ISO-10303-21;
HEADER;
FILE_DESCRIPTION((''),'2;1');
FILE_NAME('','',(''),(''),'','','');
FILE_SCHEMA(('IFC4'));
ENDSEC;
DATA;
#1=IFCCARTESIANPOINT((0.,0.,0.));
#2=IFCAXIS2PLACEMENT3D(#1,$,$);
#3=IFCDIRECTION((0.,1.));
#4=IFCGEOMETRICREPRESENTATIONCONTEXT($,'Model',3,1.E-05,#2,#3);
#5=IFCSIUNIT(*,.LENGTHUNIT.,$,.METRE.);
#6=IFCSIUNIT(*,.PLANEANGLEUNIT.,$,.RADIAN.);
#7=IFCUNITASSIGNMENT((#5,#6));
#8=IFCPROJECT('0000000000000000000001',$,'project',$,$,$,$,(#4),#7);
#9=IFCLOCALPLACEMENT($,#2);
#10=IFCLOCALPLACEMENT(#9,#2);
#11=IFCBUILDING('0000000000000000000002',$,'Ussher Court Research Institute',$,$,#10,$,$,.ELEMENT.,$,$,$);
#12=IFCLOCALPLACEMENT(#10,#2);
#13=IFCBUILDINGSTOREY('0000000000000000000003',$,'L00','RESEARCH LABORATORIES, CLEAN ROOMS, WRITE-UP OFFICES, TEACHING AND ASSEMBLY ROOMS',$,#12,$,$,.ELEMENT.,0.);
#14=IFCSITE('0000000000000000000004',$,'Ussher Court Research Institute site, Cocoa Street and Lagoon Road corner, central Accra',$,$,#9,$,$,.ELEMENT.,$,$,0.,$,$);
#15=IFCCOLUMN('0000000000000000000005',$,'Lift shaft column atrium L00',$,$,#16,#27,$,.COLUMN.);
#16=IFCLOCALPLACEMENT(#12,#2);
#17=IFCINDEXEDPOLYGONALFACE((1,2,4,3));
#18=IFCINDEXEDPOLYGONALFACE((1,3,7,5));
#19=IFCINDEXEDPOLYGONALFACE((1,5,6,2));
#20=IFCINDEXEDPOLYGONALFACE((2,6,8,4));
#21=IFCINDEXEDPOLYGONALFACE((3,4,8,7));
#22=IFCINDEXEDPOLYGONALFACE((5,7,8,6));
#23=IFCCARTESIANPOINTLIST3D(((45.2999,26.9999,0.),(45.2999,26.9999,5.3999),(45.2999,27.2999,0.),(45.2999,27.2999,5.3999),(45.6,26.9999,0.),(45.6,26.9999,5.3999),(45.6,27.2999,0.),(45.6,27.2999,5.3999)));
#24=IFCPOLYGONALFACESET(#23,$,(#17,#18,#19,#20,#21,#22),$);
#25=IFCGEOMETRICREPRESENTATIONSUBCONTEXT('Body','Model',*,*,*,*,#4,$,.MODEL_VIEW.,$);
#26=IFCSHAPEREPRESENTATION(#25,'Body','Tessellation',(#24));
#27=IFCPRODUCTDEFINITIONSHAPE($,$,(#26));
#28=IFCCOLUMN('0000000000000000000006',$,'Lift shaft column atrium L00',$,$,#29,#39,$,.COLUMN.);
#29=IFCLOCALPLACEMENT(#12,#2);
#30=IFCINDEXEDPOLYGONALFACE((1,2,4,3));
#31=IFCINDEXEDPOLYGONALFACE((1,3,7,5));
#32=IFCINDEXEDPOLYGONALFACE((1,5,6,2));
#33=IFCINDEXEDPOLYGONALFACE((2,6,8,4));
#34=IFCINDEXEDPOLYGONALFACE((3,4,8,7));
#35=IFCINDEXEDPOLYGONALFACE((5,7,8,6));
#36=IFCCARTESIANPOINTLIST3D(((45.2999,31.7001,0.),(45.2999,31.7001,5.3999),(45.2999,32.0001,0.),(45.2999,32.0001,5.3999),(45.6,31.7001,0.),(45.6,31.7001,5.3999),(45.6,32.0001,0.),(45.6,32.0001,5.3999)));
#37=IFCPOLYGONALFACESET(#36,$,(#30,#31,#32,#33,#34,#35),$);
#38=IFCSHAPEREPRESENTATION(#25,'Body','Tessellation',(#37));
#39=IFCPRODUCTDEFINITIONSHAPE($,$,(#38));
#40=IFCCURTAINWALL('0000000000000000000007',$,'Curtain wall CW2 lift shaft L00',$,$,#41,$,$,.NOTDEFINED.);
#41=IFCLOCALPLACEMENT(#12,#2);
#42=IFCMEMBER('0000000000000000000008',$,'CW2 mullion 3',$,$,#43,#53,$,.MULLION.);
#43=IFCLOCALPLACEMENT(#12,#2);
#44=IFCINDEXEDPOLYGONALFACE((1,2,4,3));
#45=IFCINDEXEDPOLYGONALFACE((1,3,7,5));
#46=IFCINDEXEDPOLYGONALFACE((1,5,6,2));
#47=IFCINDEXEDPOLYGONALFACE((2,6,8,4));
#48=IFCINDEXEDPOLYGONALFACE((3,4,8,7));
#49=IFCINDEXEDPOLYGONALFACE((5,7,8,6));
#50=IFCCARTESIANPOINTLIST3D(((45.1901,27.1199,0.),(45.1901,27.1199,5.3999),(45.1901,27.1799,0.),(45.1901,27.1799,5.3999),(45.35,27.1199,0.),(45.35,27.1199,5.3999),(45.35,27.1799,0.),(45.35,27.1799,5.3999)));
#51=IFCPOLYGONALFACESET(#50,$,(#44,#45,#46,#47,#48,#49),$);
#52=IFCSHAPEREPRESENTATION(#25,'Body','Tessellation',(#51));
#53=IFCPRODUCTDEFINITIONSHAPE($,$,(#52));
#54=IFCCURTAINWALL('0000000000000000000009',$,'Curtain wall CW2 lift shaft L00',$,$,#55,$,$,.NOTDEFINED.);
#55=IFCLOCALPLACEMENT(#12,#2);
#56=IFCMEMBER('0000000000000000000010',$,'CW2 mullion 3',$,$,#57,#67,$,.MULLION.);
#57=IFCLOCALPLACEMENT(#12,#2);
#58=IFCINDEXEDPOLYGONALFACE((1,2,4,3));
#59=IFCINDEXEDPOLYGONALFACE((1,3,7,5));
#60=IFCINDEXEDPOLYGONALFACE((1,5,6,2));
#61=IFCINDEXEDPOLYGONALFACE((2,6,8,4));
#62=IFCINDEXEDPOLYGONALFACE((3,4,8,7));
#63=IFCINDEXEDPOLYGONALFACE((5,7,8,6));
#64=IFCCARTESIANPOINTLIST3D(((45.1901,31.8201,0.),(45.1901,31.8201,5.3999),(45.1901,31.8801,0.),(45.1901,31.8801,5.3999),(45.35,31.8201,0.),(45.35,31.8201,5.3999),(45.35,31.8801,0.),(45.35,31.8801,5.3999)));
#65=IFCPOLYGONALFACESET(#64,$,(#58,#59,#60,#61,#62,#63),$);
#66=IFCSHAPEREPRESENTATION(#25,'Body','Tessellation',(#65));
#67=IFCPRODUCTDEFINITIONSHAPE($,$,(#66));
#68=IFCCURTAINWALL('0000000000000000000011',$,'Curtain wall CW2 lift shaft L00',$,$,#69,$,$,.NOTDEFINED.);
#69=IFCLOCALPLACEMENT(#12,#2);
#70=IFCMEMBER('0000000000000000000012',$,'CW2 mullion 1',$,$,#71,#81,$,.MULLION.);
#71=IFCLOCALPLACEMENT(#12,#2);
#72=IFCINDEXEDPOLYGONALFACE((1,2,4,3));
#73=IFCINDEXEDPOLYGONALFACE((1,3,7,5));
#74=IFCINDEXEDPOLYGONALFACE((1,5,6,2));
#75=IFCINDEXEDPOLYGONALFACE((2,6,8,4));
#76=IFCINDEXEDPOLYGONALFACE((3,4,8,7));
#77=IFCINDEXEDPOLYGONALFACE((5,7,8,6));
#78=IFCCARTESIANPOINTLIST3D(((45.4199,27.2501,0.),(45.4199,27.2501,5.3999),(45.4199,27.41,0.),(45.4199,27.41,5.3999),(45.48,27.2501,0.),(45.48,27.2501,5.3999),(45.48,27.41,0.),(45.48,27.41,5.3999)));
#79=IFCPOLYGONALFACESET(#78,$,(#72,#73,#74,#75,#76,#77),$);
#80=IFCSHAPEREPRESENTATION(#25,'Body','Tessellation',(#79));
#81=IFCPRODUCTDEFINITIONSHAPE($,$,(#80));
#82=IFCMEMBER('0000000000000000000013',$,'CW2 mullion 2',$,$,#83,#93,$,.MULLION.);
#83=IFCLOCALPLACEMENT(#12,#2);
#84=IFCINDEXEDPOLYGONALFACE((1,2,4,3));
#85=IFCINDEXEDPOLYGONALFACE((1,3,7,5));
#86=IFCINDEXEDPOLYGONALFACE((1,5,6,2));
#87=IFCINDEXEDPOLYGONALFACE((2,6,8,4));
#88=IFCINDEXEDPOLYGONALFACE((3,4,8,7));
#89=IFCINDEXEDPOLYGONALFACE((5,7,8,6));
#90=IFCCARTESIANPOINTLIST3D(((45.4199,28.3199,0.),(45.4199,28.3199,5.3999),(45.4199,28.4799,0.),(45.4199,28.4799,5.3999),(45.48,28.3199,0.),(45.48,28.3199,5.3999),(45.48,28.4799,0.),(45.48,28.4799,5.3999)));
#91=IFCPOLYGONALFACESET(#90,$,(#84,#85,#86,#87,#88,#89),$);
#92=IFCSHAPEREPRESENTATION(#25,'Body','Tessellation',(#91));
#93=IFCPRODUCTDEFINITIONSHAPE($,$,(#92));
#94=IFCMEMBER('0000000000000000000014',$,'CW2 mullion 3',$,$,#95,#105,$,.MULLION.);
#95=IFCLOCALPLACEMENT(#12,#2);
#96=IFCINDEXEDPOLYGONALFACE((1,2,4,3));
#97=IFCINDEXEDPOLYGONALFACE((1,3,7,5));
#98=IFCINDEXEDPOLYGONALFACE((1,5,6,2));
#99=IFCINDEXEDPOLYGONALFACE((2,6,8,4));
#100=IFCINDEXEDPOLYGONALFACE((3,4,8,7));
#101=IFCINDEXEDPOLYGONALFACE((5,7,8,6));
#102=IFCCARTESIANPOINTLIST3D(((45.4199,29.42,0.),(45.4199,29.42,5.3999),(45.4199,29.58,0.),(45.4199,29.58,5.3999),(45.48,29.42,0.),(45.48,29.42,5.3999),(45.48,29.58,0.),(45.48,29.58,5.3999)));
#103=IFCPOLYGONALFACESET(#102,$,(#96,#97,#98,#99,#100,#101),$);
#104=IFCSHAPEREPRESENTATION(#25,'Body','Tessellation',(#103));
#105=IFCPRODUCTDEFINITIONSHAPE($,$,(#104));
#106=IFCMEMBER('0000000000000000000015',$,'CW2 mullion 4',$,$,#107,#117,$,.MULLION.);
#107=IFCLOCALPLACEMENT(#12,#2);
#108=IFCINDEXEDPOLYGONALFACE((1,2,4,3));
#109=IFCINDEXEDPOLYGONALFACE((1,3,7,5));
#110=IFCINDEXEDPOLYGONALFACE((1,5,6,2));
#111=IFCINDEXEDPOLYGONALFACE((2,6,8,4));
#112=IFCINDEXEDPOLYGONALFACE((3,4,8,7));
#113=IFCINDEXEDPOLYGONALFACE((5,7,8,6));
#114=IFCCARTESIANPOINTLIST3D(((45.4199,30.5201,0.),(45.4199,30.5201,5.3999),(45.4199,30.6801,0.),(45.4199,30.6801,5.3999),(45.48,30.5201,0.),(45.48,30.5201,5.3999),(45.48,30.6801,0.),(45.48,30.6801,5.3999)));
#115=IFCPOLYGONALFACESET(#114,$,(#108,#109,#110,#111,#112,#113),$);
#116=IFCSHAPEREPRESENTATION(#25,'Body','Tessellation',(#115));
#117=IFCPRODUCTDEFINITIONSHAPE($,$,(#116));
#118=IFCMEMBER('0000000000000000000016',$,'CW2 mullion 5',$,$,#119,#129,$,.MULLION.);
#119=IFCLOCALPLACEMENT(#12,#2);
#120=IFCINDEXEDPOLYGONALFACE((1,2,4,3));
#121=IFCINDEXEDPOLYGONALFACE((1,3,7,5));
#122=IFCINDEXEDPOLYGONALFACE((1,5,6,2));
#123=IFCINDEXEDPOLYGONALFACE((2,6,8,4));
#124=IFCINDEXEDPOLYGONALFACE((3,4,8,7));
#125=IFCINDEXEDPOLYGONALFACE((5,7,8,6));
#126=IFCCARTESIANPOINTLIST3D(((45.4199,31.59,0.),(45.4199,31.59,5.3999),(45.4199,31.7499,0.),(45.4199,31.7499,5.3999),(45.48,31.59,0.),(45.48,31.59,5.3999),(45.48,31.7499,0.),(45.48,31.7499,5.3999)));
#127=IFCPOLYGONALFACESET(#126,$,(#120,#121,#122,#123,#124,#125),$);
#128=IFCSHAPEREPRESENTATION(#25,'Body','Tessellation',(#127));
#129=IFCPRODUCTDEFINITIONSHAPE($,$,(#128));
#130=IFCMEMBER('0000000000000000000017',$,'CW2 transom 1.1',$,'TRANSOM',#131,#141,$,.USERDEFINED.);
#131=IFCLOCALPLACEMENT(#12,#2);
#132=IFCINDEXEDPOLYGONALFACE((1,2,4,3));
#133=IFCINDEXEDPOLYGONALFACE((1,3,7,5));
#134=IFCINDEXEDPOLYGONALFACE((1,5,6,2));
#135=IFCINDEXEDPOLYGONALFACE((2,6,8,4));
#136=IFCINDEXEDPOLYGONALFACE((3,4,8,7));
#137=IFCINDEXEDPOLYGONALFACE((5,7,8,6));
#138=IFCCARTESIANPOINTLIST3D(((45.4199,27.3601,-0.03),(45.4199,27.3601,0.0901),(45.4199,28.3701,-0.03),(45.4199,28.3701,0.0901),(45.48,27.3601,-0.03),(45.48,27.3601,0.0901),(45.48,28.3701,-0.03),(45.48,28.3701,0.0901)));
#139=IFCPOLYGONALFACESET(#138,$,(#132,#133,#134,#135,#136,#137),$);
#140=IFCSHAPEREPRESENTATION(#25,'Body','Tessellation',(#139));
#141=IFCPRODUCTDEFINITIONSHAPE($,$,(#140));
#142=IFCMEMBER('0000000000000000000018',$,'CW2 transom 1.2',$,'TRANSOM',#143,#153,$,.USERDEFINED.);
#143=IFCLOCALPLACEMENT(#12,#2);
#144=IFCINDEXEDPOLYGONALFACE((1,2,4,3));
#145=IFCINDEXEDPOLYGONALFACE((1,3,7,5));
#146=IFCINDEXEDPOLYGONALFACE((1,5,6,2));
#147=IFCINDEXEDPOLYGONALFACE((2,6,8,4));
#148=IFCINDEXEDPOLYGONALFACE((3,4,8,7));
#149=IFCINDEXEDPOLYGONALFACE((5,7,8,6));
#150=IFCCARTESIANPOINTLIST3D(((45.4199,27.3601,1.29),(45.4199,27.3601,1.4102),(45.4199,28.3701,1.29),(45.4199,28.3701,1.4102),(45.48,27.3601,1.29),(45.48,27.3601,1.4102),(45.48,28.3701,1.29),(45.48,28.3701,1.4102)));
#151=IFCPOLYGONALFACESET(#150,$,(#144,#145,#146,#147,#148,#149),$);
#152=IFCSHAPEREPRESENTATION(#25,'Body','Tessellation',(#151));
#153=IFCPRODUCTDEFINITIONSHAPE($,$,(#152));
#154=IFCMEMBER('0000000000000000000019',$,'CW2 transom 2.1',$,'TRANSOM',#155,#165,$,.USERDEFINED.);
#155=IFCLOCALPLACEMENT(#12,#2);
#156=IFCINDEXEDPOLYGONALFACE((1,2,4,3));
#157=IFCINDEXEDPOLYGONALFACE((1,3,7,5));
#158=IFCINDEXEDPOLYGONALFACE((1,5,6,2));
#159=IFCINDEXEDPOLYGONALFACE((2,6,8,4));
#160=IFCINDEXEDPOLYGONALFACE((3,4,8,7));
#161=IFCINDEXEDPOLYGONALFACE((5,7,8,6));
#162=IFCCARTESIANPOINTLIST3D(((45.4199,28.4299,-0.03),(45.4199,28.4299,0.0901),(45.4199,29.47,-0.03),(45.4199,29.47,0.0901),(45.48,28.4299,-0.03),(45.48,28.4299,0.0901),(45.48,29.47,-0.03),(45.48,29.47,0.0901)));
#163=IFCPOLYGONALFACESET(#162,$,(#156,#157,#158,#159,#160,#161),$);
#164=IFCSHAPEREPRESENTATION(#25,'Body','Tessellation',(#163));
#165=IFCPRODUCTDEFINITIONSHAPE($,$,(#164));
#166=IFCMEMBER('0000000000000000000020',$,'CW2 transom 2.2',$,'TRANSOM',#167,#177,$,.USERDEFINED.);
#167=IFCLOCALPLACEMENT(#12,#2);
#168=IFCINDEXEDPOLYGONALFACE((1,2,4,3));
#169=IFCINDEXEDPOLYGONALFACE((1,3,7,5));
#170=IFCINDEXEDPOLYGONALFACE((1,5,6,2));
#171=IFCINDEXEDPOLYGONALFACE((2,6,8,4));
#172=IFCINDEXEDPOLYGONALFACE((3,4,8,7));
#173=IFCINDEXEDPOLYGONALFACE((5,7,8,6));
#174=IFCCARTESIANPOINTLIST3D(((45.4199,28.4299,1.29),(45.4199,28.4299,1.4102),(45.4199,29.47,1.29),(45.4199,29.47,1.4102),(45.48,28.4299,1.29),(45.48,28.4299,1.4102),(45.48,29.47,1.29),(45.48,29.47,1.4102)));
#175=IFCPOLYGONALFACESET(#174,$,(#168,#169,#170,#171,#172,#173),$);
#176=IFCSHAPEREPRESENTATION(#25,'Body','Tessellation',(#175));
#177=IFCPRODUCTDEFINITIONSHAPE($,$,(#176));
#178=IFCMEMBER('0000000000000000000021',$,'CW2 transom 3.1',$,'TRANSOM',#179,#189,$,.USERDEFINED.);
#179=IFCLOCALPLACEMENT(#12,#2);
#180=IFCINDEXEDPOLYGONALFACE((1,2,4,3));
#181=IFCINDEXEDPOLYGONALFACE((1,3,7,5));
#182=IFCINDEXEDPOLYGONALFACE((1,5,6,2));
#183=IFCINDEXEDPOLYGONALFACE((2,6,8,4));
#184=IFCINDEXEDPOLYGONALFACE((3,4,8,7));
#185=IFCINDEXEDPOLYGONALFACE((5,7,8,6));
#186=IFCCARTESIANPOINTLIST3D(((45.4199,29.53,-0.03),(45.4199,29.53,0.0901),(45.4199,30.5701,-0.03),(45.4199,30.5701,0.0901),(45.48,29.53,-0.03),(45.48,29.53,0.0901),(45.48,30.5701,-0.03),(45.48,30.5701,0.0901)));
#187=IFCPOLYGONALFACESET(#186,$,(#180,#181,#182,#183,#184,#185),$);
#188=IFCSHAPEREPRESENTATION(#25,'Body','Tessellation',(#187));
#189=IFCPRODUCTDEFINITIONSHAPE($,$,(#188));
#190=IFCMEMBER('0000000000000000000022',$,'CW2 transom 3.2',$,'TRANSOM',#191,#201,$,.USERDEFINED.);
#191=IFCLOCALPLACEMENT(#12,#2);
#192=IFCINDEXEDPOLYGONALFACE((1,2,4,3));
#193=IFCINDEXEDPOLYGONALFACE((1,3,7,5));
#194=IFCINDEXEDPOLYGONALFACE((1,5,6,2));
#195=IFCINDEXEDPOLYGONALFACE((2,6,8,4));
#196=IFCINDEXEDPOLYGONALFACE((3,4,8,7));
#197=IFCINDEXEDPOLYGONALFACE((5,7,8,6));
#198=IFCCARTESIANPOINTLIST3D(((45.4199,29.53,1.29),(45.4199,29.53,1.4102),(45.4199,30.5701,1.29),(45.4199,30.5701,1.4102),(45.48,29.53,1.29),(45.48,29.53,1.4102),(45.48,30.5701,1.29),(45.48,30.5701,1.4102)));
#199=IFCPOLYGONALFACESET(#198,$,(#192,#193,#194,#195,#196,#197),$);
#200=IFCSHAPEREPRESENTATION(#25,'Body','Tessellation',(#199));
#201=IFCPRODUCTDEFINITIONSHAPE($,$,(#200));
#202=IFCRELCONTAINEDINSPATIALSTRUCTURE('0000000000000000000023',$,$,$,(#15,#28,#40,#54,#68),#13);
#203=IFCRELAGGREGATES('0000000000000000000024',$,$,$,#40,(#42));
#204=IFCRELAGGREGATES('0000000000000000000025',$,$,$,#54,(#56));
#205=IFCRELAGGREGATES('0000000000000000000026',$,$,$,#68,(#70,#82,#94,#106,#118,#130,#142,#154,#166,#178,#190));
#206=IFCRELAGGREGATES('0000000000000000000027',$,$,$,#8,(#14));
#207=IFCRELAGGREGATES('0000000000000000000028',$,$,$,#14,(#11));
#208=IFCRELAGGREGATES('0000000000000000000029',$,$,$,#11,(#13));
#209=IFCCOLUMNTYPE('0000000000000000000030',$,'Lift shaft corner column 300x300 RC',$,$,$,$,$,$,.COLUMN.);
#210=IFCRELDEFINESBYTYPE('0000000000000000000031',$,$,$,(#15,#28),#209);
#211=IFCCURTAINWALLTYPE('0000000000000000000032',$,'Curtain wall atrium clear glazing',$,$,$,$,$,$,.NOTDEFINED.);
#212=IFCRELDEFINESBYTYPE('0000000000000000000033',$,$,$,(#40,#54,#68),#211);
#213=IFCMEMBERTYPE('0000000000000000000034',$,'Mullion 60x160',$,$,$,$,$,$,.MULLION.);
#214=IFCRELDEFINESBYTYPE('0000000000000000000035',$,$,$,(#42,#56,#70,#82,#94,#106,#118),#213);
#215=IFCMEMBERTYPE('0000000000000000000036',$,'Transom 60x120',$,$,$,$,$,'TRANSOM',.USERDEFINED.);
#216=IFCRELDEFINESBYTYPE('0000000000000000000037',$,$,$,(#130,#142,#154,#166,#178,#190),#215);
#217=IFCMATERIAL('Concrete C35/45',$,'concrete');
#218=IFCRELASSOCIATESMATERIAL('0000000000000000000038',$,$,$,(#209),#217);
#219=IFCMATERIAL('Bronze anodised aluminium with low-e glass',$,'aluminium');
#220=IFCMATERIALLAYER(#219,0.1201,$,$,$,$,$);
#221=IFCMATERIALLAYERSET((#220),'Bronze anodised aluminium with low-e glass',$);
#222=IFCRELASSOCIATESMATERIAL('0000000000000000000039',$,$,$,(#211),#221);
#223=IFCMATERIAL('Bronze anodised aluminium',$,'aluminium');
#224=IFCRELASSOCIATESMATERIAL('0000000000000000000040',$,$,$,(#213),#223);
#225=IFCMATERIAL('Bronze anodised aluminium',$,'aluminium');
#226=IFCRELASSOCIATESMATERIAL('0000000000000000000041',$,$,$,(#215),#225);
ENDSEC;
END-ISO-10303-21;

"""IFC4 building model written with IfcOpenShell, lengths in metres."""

from ifc_helpers import new_model, si_unit, direction, frame, origin, origin_2d, place, context, subcontext, project, spatial, rectangle, extrude, material, layer, layer_set, material_profile, profile_set, type_object, element, aggregate, save


model = new_model("IFC4")

# Units and contexts
model_context = context("Model", 3, precision=1e-05, world=origin(), true_north=direction((0.0, 1.0)))
body_context = subcontext(model_context, "Body", "Model", "MODEL_VIEW")
ifc_project = project(units=[si_unit("LENGTHUNIT", "METRE"), si_unit("PLANEANGLEUNIT", "RADIAN")], contexts=[model_context])

# Site, building, storey
site_placement = place(None, origin())
site = spatial("IfcSite", under=ifc_project, at=site_placement, Name="Ussher Court Research Institute site, Cocoa Street and Lagoon Road corner, central Accra", CompositionType="ELEMENT", RefElevation=0.0)
building_placement = place(site_placement, origin())
building = spatial("IfcBuilding", under=site, at=building_placement, Name="Ussher Court Research Institute", CompositionType="ELEMENT")
storey_placement = place(building_placement, origin())
storey = spatial("IfcBuildingStorey", under=building, at=storey_placement, Name="L00", Description="RESEARCH LABORATORIES, CLEAN ROOMS, WRITE-UP OFFICES, TEACHING AND ASSEMBLY ROOMS", CompositionType="ELEMENT", Elevation=0.0)

# Columns
ifc_material_1 = material(Name="Concrete C35/45", Category="concrete")
ifc_material_profile_1 = material_profile(ifc_material_1, rectangle(XDim=0.3, YDim=0.3, at=origin_2d()), Name="RC 300x300")
ifc_profile_set_1 = profile_set([ifc_material_profile_1], Name="Concrete C35/45")
column_type = type_object("IfcColumnType", Name="Lift shaft corner column 300x300 RC", PredefinedType="COLUMN", material=ifc_profile_set_1)
for number, where, z_axis, x_axis, name in (
    (1, (45.45, 27.1499, 0.0), (0.0, 0.0, 1.0), (1.0, 0.0, 0.0), "Lift shaft column atrium L00"),
    (2, (45.45, 31.8501, 0.0), (0.0, 0.0, 1.0), (1.0, 0.0, 0.0), "Lift shaft column atrium L00"),
):
    element("IfcColumn", number, at=place(storey_placement, frame(where, z_axis=z_axis, x_axis=x_axis)), inside=storey, type_object=column_type, Name=name, PredefinedType="COLUMN", context=body_context, shape_type="SweptSolid", body=[
        extrude(rectangle(XDim=0.3, YDim=0.3, at=origin_2d()), origin(), (0.0, 0.0, 1.0), 5.3999),
    ])

# Curtain walls, members
ifc_material_2 = material(Name="Bronze anodised aluminium with low-e glass", Category="aluminium")
ifc_layer_1 = layer(ifc_material_2, 0.1201)
ifc_layer_set_1 = layer_set([ifc_layer_1], Name="Bronze anodised aluminium with low-e glass")
curtain_wall_type = type_object("IfcCurtainWallType", Name="Curtain wall atrium clear glazing", PredefinedType="NOTDEFINED", material=ifc_layer_set_1)
curtain_wall_1_placement = place(storey_placement, origin())
curtain_wall_1 = element("IfcCurtainWall", 3, at=curtain_wall_1_placement, inside=storey, type_object=curtain_wall_type, Name="Curtain wall CW2 lift shaft L00", PredefinedType="NOTDEFINED")
ifc_material_3 = material(Name="Bronze anodised aluminium", Category="aluminium")
ifc_material_profile_2 = material_profile(ifc_material_3, rectangle(XDim=0.0601, YDim=0.1599, at=origin_2d()), Name="Mullion 60x160")
ifc_profile_set_2 = profile_set([ifc_material_profile_2], Name="Bronze anodised aluminium")
member_type_1 = type_object("IfcMemberType", Name="Mullion 60x160", PredefinedType="MULLION", material=ifc_profile_set_2)
member_1_placement = place(storey_placement, frame((45.27, 27.1499, 0.0), z_axis=(0.0, 0.0, 1.0), x_axis=(0.0, 1.0, 0.0)))
member_1 = element("IfcMember", 4, at=member_1_placement, type_object=member_type_1, Name="CW2 mullion 3", PredefinedType="MULLION", context=body_context, shape_type="SweptSolid", body=[
    extrude(rectangle(XDim=0.0601, YDim=0.1599, at=origin_2d()), origin(), (0.0, 0.0, 1.0), 5.3999),
])
aggregate(curtain_wall_1, [member_1])
curtain_wall_2_placement = place(storey_placement, origin())
curtain_wall_2 = element("IfcCurtainWall", 5, at=curtain_wall_2_placement, inside=storey, type_object=curtain_wall_type, Name="Curtain wall CW2 lift shaft L00", PredefinedType="NOTDEFINED")
member_2_placement = place(storey_placement, frame((45.27, 31.8501, 0.0), z_axis=(0.0, 0.0, 1.0), x_axis=(0.0, 1.0, 0.0)))
member_2 = element("IfcMember", 6, at=member_2_placement, type_object=member_type_1, Name="CW2 mullion 3", PredefinedType="MULLION", context=body_context, shape_type="SweptSolid", body=[
    extrude(rectangle(XDim=0.0601, YDim=0.1599, at=origin_2d()), origin(), (0.0, 0.0, 1.0), 5.3999),
])
aggregate(curtain_wall_2, [member_2])

# Curtain wall, members
curtain_wall_3_placement = place(storey_placement, origin())
curtain_wall_3 = element("IfcCurtainWall", 7, at=curtain_wall_3_placement, inside=storey, type_object=curtain_wall_type, Name="Curtain wall CW2 lift shaft L00", PredefinedType="NOTDEFINED")
member_3_placement = place(storey_placement, frame((45.45, 27.3301, 0.0), z_axis=(0.0, 0.0, 1.0), x_axis=(-1.0, 0.0, 0.0)))
member_3 = element("IfcMember", 8, at=member_3_placement, type_object=member_type_1, Name="CW2 mullion 1", PredefinedType="MULLION", context=body_context, shape_type="SweptSolid", body=[
    extrude(rectangle(XDim=0.0601, YDim=0.1599, at=origin_2d()), origin(), (0.0, 0.0, 1.0), 5.3999),
])
member_4_placement = place(storey_placement, frame((45.45, 28.3999, 0.0), z_axis=(0.0, 0.0, 1.0), x_axis=(-1.0, 0.0, 0.0)))
member_4 = element("IfcMember", 9, at=member_4_placement, type_object=member_type_1, Name="CW2 mullion 2", PredefinedType="MULLION", context=body_context, shape_type="SweptSolid", body=[
    extrude(rectangle(XDim=0.0601, YDim=0.1599, at=origin_2d()), origin(), (0.0, 0.0, 1.0), 5.3999),
])
member_5_placement = place(storey_placement, frame((45.45, 29.5, 0.0), z_axis=(0.0, 0.0, 1.0), x_axis=(-1.0, 0.0, 0.0)))
member_5 = element("IfcMember", 10, at=member_5_placement, type_object=member_type_1, Name="CW2 mullion 3", PredefinedType="MULLION", context=body_context, shape_type="SweptSolid", body=[
    extrude(rectangle(XDim=0.0601, YDim=0.1599, at=origin_2d()), origin(), (0.0, 0.0, 1.0), 5.3999),
])
member_6_placement = place(storey_placement, frame((45.45, 30.6001, 0.0), z_axis=(0.0, 0.0, 1.0), x_axis=(-1.0, 0.0, 0.0)))
member_6 = element("IfcMember", 11, at=member_6_placement, type_object=member_type_1, Name="CW2 mullion 4", PredefinedType="MULLION", context=body_context, shape_type="SweptSolid", body=[
    extrude(rectangle(XDim=0.0601, YDim=0.1599, at=origin_2d()), origin(), (0.0, 0.0, 1.0), 5.3999),
])
member_7_placement = place(storey_placement, frame((45.45, 31.6699, 0.0), z_axis=(0.0, 0.0, 1.0), x_axis=(-1.0, 0.0, 0.0)))
member_7 = element("IfcMember", 12, at=member_7_placement, type_object=member_type_1, Name="CW2 mullion 5", PredefinedType="MULLION", context=body_context, shape_type="SweptSolid", body=[
    extrude(rectangle(XDim=0.0601, YDim=0.1599, at=origin_2d()), origin(), (0.0, 0.0, 1.0), 5.3999),
])
ifc_material_4 = material(Name="Bronze anodised aluminium", Category="aluminium")
ifc_material_profile_3 = material_profile(ifc_material_4, rectangle(XDim=0.0601, YDim=0.1201, at=origin_2d()), Name="Transom 60x120")
ifc_profile_set_3 = profile_set([ifc_material_profile_3], Name="Bronze anodised aluminium")
member_type_2 = type_object("IfcMemberType", Name="Transom 60x120", ElementType="TRANSOM", PredefinedType="USERDEFINED", material=ifc_profile_set_3)
member_8_placement = place(storey_placement, frame((45.45, 27.3601, 0.03), z_axis=(0.0, 1.0, 0.0), x_axis=(-1.0, 0.0, 0.0)))
member_8 = element("IfcMember", 13, at=member_8_placement, type_object=member_type_2, Name="CW2 transom 1.1", ObjectType="TRANSOM", PredefinedType="USERDEFINED", context=body_context, shape_type="SweptSolid", body=[
    extrude(rectangle(XDim=0.0601, YDim=0.1201, at=origin_2d()), origin(), (0.0, 0.0, 1.0), 1.01),
])
member_9_placement = place(storey_placement, frame((45.45, 27.3601, 1.3501), z_axis=(0.0, 1.0, 0.0), x_axis=(-1.0, 0.0, 0.0)))
member_9 = element("IfcMember", 14, at=member_9_placement, type_object=member_type_2, Name="CW2 transom 1.2", ObjectType="TRANSOM", PredefinedType="USERDEFINED", context=body_context, shape_type="SweptSolid", body=[
    extrude(rectangle(XDim=0.0601, YDim=0.1201, at=origin_2d()), origin(), (0.0, 0.0, 1.0), 1.01),
])
member_10_placement = place(storey_placement, frame((45.45, 28.4299, 0.03), z_axis=(0.0, 1.0, 0.0), x_axis=(-1.0, 0.0, 0.0)))
member_10 = element("IfcMember", 15, at=member_10_placement, type_object=member_type_2, Name="CW2 transom 2.1", ObjectType="TRANSOM", PredefinedType="USERDEFINED", context=body_context, shape_type="SweptSolid", body=[
    extrude(rectangle(XDim=0.0601, YDim=0.1201, at=origin_2d()), origin(), (0.0, 0.0, 1.0), 1.04),
])
member_11_placement = place(storey_placement, frame((45.45, 28.4299, 1.3501), z_axis=(0.0, 1.0, 0.0), x_axis=(-1.0, 0.0, 0.0)))
member_11 = element("IfcMember", 16, at=member_11_placement, type_object=member_type_2, Name="CW2 transom 2.2", ObjectType="TRANSOM", PredefinedType="USERDEFINED", context=body_context, shape_type="SweptSolid", body=[
    extrude(rectangle(XDim=0.0601, YDim=0.1201, at=origin_2d()), origin(), (0.0, 0.0, 1.0), 1.04),
])
member_12_placement = place(storey_placement, frame((45.45, 29.53, 0.03), z_axis=(0.0, 1.0, 0.0), x_axis=(-1.0, 0.0, 0.0)))
member_12 = element("IfcMember", 17, at=member_12_placement, type_object=member_type_2, Name="CW2 transom 3.1", ObjectType="TRANSOM", PredefinedType="USERDEFINED", context=body_context, shape_type="SweptSolid", body=[
    extrude(rectangle(XDim=0.0601, YDim=0.1201, at=origin_2d()), origin(), (0.0, 0.0, 1.0), 1.04),
])
member_13_placement = place(storey_placement, frame((45.45, 29.53, 1.3501), z_axis=(0.0, 1.0, 0.0), x_axis=(-1.0, 0.0, 0.0)))
member_13 = element("IfcMember", 18, at=member_13_placement, type_object=member_type_2, Name="CW2 transom 3.2", ObjectType="TRANSOM", PredefinedType="USERDEFINED", context=body_context, shape_type="SweptSolid", body=[
    extrude(rectangle(XDim=0.0601, YDim=0.1201, at=origin_2d()), origin(), (0.0, 0.0, 1.0), 1.04),
])
aggregate(curtain_wall_3, [member_3, member_4, member_5, member_6, member_7, member_8, member_9, member_10, member_11, member_12, member_13])

save(model, "model.ifc")
